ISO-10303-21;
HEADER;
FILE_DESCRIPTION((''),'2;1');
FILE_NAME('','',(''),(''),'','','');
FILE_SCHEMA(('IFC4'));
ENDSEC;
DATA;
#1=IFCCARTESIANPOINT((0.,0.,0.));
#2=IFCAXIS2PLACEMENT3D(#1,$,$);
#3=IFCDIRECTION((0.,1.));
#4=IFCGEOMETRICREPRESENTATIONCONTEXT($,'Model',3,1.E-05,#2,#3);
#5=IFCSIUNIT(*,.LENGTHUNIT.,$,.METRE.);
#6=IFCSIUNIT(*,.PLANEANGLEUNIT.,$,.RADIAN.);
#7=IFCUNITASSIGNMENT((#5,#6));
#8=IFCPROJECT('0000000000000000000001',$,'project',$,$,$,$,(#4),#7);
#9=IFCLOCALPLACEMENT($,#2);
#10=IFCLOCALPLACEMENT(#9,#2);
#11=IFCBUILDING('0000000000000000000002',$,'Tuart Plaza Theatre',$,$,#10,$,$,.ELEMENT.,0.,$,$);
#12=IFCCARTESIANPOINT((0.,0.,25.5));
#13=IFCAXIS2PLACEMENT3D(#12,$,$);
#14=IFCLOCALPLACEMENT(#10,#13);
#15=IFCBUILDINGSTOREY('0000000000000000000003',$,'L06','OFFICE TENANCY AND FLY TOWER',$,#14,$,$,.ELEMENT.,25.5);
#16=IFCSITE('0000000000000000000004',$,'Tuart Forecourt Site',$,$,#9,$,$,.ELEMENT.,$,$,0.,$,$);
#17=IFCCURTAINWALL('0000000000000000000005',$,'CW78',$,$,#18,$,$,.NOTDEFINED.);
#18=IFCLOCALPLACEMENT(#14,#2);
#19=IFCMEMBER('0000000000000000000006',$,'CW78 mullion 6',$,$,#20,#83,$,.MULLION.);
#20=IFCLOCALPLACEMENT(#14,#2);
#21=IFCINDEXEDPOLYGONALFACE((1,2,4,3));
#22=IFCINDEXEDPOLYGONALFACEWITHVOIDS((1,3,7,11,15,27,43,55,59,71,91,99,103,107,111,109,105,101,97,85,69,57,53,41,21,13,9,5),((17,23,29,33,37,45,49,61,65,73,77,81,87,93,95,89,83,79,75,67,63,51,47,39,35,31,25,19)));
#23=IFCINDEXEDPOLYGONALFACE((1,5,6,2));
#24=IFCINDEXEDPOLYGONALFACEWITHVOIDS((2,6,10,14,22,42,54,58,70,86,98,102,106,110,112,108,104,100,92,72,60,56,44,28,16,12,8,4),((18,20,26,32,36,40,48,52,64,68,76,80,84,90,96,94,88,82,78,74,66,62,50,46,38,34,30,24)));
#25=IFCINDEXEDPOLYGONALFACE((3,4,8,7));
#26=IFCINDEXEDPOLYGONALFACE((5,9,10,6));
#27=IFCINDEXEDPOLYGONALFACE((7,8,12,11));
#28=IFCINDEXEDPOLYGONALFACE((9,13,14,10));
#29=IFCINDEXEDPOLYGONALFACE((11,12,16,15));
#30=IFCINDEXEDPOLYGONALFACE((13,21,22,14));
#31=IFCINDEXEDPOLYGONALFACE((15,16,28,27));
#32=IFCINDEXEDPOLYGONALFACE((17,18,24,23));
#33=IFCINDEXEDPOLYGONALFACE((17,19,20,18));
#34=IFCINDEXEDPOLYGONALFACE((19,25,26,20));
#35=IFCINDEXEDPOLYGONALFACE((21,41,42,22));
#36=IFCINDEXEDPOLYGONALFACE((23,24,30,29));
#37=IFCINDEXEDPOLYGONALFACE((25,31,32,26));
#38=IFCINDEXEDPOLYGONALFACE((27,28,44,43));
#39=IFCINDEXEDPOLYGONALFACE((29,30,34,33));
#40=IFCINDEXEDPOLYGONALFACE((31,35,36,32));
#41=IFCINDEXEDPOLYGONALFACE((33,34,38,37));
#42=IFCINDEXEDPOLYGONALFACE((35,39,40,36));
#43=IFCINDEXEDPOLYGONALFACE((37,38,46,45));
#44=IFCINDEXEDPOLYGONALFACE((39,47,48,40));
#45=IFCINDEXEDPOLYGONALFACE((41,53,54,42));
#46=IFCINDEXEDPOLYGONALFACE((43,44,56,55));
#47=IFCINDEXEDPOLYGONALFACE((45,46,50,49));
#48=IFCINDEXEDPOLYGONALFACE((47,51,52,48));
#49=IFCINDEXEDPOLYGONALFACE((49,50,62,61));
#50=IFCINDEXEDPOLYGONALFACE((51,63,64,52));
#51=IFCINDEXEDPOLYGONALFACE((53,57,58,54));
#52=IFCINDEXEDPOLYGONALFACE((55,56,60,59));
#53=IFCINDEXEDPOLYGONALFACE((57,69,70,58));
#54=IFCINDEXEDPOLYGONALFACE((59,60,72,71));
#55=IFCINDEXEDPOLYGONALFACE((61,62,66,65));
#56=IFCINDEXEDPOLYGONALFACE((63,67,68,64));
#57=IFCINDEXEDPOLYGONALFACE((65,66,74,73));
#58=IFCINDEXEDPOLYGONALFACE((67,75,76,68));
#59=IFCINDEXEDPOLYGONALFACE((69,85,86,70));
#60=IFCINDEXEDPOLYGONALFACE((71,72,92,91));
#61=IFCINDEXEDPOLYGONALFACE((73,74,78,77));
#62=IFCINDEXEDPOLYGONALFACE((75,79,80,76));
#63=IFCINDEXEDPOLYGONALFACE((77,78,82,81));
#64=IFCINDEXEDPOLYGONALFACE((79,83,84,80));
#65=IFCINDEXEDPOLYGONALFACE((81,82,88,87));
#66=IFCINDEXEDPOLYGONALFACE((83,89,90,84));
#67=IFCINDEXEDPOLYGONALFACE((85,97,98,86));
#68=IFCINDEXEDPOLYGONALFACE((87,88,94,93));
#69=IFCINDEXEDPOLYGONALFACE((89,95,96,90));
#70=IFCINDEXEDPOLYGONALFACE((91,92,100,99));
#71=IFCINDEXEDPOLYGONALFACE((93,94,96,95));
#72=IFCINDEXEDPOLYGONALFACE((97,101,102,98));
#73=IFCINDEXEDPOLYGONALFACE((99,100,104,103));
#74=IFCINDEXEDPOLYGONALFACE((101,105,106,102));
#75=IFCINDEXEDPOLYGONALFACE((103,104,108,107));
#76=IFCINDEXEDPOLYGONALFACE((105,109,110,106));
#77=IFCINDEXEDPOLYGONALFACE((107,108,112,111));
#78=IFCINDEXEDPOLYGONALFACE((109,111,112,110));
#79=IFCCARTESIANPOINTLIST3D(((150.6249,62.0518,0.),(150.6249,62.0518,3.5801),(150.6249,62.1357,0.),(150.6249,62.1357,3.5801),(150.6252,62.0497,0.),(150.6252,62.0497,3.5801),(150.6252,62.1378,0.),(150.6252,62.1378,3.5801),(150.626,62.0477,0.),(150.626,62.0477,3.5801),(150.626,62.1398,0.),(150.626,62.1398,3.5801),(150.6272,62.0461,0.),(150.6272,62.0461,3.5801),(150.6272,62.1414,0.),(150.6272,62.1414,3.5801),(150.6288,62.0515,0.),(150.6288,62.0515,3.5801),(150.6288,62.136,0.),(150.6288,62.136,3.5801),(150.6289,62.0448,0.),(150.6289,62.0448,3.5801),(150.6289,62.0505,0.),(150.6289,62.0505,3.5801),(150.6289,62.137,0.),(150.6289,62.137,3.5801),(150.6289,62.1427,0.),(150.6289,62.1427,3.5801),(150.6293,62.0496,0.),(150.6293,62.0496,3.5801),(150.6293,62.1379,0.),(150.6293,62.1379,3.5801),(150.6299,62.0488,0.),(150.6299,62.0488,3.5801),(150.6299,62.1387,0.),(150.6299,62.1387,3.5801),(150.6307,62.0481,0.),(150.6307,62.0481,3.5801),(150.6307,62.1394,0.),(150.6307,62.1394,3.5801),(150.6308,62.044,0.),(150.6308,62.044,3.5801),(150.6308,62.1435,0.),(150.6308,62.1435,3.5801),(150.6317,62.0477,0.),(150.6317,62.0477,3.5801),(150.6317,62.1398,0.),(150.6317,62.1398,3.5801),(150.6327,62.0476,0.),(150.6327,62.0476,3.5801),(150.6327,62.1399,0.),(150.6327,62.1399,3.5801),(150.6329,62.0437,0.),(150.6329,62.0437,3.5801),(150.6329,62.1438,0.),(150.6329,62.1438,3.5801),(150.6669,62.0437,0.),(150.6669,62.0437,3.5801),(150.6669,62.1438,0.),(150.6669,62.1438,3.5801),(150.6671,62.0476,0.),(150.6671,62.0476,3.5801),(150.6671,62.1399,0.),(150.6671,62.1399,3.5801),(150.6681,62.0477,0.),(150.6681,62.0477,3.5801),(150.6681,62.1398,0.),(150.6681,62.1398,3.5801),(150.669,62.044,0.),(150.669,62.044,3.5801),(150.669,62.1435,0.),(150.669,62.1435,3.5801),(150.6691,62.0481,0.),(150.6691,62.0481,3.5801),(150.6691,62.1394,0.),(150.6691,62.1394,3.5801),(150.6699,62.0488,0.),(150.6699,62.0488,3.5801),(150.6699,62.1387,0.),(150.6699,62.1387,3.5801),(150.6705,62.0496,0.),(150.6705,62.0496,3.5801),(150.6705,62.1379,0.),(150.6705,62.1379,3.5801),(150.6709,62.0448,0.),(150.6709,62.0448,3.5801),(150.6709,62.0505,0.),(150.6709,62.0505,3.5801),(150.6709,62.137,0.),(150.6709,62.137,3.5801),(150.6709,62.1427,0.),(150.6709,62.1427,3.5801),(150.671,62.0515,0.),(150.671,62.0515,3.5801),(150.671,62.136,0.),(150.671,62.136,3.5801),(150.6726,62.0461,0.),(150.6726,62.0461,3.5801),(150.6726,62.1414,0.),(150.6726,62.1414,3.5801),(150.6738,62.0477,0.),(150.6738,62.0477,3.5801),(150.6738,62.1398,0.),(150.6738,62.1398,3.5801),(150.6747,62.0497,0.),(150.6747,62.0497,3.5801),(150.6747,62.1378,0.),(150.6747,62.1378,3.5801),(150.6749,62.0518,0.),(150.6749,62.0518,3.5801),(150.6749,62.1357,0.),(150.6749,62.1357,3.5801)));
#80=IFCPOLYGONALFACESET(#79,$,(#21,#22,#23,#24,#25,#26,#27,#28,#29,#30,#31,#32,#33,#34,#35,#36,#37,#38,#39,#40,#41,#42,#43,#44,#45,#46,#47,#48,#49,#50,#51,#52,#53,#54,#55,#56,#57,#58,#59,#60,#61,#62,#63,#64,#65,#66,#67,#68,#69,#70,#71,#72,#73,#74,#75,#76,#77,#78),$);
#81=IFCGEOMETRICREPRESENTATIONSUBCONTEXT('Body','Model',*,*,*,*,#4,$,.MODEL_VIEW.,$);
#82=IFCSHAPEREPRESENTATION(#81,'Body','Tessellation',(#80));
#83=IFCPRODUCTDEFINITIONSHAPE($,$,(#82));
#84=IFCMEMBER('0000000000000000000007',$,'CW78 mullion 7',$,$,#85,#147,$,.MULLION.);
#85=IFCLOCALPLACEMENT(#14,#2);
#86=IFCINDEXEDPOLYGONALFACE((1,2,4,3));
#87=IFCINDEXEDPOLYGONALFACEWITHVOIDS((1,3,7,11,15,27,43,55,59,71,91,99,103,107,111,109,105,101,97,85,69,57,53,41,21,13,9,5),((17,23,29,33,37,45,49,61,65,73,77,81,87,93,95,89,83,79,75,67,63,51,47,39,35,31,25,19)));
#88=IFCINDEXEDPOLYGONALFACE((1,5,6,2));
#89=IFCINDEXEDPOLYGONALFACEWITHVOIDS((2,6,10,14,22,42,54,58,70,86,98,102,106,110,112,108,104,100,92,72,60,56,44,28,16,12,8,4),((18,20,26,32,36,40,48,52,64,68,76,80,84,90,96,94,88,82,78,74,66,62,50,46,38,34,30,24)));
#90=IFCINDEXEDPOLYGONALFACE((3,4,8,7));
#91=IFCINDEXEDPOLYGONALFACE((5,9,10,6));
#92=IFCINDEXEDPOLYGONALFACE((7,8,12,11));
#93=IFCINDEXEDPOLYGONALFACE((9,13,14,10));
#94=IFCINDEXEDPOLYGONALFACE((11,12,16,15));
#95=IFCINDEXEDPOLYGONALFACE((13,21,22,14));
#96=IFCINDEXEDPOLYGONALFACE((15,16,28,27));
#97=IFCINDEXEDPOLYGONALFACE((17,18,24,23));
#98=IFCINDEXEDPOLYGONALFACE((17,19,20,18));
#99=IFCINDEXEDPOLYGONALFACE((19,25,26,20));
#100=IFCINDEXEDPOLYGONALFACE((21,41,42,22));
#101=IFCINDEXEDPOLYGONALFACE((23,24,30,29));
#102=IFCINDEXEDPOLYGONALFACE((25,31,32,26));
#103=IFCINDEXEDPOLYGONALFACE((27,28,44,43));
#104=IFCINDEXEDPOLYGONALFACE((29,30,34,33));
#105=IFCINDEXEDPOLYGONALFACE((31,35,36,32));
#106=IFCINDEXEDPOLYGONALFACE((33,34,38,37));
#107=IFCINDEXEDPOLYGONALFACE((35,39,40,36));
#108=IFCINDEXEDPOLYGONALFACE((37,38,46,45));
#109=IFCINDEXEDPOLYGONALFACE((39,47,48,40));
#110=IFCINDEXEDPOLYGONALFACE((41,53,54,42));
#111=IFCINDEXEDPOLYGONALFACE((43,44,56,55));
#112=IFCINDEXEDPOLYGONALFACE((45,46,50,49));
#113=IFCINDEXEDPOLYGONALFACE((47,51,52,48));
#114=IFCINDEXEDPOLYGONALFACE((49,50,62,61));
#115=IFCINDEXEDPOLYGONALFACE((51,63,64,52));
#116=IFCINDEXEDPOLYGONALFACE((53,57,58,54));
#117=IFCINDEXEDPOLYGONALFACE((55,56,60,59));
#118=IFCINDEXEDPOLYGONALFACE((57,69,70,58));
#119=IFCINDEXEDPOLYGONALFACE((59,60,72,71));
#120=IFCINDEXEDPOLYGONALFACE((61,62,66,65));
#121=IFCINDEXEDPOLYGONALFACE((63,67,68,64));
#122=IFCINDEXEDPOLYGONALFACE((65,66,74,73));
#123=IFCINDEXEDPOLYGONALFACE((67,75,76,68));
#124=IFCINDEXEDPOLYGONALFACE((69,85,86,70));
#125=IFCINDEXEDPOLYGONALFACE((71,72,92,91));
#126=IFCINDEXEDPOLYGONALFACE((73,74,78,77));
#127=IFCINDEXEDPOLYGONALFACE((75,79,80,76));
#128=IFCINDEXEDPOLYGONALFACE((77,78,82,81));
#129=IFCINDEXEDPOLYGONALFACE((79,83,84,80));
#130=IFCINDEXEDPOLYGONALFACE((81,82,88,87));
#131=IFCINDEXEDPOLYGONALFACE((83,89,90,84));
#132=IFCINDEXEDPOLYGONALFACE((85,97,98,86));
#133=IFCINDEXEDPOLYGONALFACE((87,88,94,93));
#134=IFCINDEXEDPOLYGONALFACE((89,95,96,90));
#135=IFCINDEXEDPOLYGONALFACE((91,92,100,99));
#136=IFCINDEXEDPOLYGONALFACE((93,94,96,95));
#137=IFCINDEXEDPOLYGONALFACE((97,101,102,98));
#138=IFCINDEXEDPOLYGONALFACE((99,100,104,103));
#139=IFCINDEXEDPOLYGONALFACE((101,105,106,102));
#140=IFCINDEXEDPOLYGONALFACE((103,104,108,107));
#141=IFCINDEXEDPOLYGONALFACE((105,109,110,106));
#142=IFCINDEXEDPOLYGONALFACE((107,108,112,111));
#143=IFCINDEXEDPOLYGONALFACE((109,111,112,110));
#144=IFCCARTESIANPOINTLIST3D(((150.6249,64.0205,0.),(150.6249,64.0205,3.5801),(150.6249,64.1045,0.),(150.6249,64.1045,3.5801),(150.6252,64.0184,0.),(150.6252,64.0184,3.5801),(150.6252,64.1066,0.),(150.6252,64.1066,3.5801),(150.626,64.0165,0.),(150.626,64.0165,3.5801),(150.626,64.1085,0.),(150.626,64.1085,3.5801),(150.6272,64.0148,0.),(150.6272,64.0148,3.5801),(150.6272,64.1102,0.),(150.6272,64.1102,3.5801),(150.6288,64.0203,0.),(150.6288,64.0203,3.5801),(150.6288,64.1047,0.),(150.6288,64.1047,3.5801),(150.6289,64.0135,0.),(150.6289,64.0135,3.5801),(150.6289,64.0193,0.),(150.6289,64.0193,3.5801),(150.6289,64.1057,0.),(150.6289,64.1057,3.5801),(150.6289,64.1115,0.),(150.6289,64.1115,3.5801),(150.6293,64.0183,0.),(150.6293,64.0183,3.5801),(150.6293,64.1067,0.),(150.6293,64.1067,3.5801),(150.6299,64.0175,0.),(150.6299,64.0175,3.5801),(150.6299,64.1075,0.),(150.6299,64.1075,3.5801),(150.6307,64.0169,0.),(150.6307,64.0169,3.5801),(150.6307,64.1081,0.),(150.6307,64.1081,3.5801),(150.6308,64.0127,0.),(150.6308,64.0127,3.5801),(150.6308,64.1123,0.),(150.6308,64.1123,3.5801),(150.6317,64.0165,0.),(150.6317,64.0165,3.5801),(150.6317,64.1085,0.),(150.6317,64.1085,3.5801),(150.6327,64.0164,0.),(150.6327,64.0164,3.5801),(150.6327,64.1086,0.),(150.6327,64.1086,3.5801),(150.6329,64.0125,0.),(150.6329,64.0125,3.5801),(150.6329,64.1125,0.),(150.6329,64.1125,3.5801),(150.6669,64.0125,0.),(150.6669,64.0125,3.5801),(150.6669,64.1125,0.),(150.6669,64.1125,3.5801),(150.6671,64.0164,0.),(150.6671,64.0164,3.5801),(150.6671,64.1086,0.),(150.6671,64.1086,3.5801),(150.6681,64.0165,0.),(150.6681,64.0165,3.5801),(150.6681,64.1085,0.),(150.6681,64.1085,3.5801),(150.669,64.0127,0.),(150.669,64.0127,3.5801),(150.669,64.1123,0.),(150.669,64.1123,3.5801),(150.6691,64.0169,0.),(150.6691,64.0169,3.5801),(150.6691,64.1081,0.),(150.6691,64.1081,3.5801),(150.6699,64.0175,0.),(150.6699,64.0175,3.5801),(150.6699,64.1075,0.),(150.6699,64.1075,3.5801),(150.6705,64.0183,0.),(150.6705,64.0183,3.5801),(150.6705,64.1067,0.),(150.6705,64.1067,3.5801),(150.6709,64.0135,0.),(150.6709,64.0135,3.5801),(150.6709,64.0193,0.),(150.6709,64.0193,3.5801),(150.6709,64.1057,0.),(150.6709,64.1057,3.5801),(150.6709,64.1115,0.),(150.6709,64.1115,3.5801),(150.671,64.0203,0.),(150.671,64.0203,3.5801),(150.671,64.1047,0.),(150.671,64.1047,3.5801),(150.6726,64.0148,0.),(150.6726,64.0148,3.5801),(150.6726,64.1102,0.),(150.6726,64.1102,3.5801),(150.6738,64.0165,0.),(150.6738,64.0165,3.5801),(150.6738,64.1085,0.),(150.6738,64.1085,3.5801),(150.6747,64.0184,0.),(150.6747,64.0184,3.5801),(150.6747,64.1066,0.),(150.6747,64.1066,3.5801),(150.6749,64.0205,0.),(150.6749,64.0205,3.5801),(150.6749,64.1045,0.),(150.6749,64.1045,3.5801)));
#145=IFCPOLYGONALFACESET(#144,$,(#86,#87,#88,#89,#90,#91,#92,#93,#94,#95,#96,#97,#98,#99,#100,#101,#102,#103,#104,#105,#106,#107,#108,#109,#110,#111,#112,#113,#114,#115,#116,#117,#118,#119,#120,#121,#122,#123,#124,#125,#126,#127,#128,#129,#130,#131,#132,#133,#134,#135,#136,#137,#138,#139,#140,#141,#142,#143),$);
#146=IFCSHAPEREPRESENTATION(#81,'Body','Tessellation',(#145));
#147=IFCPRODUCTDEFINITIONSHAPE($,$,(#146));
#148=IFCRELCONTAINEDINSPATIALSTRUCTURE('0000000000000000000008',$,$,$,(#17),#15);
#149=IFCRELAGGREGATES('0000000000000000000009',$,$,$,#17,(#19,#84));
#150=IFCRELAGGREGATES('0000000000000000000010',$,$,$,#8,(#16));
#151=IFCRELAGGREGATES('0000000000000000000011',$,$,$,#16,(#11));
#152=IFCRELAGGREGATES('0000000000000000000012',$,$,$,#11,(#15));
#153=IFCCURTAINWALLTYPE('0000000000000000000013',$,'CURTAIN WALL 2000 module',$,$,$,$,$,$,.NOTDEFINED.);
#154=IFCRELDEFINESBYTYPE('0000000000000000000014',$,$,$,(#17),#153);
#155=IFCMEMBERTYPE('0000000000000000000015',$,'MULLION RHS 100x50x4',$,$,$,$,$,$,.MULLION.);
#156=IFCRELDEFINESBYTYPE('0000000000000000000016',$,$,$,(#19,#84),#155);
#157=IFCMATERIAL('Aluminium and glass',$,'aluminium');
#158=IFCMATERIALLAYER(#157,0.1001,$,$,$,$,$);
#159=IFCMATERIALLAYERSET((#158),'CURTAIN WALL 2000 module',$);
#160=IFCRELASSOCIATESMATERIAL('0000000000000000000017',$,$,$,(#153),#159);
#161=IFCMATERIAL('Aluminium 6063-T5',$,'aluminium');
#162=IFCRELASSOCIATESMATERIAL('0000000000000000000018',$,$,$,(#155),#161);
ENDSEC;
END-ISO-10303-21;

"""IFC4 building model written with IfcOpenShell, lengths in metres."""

from ifc_helpers import new_model, si_unit, direction, frame, origin, origin_2d, place, context, subcontext, project, spatial, hollow_rectangle, extrude, material, layer, layer_set, material_profile, profile_set, type_object, element, aggregate, save


model = new_model("IFC4")

# Units and contexts
model_context = context("Model", 3, precision=1e-05, world=origin(), true_north=direction((0.0, 1.0)))
body_context = subcontext(model_context, "Body", "Model", "MODEL_VIEW")
ifc_project = project(units=[si_unit("LENGTHUNIT", "METRE"), si_unit("PLANEANGLEUNIT", "RADIAN")], contexts=[model_context])

# Site, building, storey
site_placement = place(None, origin())
site = spatial("IfcSite", under=ifc_project, at=site_placement, Name="Tuart Forecourt Site", CompositionType="ELEMENT", RefElevation=0.0)
building_placement = place(site_placement, origin())
building = spatial("IfcBuilding", under=site, at=building_placement, Name="Tuart Plaza Theatre", CompositionType="ELEMENT", ElevationOfRefHeight=0.0)
storey_placement = place(building_placement, frame((0.0, 0.0, 25.5)))
storey = spatial("IfcBuildingStorey", under=building, at=storey_placement, Name="L06", Description="OFFICE TENANCY AND FLY TOWER", CompositionType="ELEMENT", Elevation=25.5)

# Curtain wall, members
ifc_material_1 = material(Name="Aluminium and glass", Category="aluminium")
ifc_layer_1 = layer(ifc_material_1, 0.1001)
ifc_layer_set_1 = layer_set([ifc_layer_1], Name="CURTAIN WALL 2000 module")
curtain_wall_type = type_object("IfcCurtainWallType", Name="CURTAIN WALL 2000 module", PredefinedType="NOTDEFINED", material=ifc_layer_set_1)
curtain_wall_placement = place(storey_placement, origin())
curtain_wall = element("IfcCurtainWall", 1, at=curtain_wall_placement, inside=storey, type_object=curtain_wall_type, Name="CW78", PredefinedType="NOTDEFINED")
ifc_material_2 = material(Name="Aluminium 6063-T5", Category="aluminium")
ifc_material_profile_1 = material_profile(ifc_material_2, hollow_rectangle(XDim=0.05, YDim=0.1001, WallThickness=0.0039, InnerFilletRadius=0.0039, OuterFilletRadius=0.0081, at=origin_2d()), Name="RHS 100x50x4")
ifc_profile_set_1 = profile_set([ifc_material_profile_1], Name="Aluminium 6063-T5")
member_type_1 = type_object("IfcMemberType", Name="MULLION RHS 100x50x4", PredefinedType="MULLION", material=ifc_profile_set_1)
member_1_placement = place(storey_placement, frame((150.6499, 62.0938, 0.0), z_axis=(0.0, 0.0, 1.0), x_axis=(-1.0, 0.0, 0.0)))
member_1 = element("IfcMember", 2, at=member_1_placement, type_object=member_type_1, Name="CW78 mullion 6", PredefinedType="MULLION", context=body_context, shape_type="SweptSolid", body=[
    extrude(hollow_rectangle(XDim=0.05, YDim=0.1001, WallThickness=0.0039, InnerFilletRadius=0.0039, OuterFilletRadius=0.0081, at=origin_2d()), origin(), (0.0, 0.0, 1.0), 3.5801),
])
member_2_placement = place(storey_placement, frame((150.6499, 64.0625, 0.0), z_axis=(0.0, 0.0, 1.0), x_axis=(-1.0, 0.0, 0.0)))
member_2 = element("IfcMember", 3, at=member_2_placement, type_object=member_type_1, Name="CW78 mullion 7", PredefinedType="MULLION", context=body_context, shape_type="SweptSolid", body=[
    extrude(hollow_rectangle(XDim=0.05, YDim=0.1001, WallThickness=0.0039, InnerFilletRadius=0.0039, OuterFilletRadius=0.0081, at=origin_2d()), origin(), (0.0, 0.0, 1.0), 3.5801),
])
aggregate(curtain_wall, [member_1, member_2])

save(model, "model.ifc")
